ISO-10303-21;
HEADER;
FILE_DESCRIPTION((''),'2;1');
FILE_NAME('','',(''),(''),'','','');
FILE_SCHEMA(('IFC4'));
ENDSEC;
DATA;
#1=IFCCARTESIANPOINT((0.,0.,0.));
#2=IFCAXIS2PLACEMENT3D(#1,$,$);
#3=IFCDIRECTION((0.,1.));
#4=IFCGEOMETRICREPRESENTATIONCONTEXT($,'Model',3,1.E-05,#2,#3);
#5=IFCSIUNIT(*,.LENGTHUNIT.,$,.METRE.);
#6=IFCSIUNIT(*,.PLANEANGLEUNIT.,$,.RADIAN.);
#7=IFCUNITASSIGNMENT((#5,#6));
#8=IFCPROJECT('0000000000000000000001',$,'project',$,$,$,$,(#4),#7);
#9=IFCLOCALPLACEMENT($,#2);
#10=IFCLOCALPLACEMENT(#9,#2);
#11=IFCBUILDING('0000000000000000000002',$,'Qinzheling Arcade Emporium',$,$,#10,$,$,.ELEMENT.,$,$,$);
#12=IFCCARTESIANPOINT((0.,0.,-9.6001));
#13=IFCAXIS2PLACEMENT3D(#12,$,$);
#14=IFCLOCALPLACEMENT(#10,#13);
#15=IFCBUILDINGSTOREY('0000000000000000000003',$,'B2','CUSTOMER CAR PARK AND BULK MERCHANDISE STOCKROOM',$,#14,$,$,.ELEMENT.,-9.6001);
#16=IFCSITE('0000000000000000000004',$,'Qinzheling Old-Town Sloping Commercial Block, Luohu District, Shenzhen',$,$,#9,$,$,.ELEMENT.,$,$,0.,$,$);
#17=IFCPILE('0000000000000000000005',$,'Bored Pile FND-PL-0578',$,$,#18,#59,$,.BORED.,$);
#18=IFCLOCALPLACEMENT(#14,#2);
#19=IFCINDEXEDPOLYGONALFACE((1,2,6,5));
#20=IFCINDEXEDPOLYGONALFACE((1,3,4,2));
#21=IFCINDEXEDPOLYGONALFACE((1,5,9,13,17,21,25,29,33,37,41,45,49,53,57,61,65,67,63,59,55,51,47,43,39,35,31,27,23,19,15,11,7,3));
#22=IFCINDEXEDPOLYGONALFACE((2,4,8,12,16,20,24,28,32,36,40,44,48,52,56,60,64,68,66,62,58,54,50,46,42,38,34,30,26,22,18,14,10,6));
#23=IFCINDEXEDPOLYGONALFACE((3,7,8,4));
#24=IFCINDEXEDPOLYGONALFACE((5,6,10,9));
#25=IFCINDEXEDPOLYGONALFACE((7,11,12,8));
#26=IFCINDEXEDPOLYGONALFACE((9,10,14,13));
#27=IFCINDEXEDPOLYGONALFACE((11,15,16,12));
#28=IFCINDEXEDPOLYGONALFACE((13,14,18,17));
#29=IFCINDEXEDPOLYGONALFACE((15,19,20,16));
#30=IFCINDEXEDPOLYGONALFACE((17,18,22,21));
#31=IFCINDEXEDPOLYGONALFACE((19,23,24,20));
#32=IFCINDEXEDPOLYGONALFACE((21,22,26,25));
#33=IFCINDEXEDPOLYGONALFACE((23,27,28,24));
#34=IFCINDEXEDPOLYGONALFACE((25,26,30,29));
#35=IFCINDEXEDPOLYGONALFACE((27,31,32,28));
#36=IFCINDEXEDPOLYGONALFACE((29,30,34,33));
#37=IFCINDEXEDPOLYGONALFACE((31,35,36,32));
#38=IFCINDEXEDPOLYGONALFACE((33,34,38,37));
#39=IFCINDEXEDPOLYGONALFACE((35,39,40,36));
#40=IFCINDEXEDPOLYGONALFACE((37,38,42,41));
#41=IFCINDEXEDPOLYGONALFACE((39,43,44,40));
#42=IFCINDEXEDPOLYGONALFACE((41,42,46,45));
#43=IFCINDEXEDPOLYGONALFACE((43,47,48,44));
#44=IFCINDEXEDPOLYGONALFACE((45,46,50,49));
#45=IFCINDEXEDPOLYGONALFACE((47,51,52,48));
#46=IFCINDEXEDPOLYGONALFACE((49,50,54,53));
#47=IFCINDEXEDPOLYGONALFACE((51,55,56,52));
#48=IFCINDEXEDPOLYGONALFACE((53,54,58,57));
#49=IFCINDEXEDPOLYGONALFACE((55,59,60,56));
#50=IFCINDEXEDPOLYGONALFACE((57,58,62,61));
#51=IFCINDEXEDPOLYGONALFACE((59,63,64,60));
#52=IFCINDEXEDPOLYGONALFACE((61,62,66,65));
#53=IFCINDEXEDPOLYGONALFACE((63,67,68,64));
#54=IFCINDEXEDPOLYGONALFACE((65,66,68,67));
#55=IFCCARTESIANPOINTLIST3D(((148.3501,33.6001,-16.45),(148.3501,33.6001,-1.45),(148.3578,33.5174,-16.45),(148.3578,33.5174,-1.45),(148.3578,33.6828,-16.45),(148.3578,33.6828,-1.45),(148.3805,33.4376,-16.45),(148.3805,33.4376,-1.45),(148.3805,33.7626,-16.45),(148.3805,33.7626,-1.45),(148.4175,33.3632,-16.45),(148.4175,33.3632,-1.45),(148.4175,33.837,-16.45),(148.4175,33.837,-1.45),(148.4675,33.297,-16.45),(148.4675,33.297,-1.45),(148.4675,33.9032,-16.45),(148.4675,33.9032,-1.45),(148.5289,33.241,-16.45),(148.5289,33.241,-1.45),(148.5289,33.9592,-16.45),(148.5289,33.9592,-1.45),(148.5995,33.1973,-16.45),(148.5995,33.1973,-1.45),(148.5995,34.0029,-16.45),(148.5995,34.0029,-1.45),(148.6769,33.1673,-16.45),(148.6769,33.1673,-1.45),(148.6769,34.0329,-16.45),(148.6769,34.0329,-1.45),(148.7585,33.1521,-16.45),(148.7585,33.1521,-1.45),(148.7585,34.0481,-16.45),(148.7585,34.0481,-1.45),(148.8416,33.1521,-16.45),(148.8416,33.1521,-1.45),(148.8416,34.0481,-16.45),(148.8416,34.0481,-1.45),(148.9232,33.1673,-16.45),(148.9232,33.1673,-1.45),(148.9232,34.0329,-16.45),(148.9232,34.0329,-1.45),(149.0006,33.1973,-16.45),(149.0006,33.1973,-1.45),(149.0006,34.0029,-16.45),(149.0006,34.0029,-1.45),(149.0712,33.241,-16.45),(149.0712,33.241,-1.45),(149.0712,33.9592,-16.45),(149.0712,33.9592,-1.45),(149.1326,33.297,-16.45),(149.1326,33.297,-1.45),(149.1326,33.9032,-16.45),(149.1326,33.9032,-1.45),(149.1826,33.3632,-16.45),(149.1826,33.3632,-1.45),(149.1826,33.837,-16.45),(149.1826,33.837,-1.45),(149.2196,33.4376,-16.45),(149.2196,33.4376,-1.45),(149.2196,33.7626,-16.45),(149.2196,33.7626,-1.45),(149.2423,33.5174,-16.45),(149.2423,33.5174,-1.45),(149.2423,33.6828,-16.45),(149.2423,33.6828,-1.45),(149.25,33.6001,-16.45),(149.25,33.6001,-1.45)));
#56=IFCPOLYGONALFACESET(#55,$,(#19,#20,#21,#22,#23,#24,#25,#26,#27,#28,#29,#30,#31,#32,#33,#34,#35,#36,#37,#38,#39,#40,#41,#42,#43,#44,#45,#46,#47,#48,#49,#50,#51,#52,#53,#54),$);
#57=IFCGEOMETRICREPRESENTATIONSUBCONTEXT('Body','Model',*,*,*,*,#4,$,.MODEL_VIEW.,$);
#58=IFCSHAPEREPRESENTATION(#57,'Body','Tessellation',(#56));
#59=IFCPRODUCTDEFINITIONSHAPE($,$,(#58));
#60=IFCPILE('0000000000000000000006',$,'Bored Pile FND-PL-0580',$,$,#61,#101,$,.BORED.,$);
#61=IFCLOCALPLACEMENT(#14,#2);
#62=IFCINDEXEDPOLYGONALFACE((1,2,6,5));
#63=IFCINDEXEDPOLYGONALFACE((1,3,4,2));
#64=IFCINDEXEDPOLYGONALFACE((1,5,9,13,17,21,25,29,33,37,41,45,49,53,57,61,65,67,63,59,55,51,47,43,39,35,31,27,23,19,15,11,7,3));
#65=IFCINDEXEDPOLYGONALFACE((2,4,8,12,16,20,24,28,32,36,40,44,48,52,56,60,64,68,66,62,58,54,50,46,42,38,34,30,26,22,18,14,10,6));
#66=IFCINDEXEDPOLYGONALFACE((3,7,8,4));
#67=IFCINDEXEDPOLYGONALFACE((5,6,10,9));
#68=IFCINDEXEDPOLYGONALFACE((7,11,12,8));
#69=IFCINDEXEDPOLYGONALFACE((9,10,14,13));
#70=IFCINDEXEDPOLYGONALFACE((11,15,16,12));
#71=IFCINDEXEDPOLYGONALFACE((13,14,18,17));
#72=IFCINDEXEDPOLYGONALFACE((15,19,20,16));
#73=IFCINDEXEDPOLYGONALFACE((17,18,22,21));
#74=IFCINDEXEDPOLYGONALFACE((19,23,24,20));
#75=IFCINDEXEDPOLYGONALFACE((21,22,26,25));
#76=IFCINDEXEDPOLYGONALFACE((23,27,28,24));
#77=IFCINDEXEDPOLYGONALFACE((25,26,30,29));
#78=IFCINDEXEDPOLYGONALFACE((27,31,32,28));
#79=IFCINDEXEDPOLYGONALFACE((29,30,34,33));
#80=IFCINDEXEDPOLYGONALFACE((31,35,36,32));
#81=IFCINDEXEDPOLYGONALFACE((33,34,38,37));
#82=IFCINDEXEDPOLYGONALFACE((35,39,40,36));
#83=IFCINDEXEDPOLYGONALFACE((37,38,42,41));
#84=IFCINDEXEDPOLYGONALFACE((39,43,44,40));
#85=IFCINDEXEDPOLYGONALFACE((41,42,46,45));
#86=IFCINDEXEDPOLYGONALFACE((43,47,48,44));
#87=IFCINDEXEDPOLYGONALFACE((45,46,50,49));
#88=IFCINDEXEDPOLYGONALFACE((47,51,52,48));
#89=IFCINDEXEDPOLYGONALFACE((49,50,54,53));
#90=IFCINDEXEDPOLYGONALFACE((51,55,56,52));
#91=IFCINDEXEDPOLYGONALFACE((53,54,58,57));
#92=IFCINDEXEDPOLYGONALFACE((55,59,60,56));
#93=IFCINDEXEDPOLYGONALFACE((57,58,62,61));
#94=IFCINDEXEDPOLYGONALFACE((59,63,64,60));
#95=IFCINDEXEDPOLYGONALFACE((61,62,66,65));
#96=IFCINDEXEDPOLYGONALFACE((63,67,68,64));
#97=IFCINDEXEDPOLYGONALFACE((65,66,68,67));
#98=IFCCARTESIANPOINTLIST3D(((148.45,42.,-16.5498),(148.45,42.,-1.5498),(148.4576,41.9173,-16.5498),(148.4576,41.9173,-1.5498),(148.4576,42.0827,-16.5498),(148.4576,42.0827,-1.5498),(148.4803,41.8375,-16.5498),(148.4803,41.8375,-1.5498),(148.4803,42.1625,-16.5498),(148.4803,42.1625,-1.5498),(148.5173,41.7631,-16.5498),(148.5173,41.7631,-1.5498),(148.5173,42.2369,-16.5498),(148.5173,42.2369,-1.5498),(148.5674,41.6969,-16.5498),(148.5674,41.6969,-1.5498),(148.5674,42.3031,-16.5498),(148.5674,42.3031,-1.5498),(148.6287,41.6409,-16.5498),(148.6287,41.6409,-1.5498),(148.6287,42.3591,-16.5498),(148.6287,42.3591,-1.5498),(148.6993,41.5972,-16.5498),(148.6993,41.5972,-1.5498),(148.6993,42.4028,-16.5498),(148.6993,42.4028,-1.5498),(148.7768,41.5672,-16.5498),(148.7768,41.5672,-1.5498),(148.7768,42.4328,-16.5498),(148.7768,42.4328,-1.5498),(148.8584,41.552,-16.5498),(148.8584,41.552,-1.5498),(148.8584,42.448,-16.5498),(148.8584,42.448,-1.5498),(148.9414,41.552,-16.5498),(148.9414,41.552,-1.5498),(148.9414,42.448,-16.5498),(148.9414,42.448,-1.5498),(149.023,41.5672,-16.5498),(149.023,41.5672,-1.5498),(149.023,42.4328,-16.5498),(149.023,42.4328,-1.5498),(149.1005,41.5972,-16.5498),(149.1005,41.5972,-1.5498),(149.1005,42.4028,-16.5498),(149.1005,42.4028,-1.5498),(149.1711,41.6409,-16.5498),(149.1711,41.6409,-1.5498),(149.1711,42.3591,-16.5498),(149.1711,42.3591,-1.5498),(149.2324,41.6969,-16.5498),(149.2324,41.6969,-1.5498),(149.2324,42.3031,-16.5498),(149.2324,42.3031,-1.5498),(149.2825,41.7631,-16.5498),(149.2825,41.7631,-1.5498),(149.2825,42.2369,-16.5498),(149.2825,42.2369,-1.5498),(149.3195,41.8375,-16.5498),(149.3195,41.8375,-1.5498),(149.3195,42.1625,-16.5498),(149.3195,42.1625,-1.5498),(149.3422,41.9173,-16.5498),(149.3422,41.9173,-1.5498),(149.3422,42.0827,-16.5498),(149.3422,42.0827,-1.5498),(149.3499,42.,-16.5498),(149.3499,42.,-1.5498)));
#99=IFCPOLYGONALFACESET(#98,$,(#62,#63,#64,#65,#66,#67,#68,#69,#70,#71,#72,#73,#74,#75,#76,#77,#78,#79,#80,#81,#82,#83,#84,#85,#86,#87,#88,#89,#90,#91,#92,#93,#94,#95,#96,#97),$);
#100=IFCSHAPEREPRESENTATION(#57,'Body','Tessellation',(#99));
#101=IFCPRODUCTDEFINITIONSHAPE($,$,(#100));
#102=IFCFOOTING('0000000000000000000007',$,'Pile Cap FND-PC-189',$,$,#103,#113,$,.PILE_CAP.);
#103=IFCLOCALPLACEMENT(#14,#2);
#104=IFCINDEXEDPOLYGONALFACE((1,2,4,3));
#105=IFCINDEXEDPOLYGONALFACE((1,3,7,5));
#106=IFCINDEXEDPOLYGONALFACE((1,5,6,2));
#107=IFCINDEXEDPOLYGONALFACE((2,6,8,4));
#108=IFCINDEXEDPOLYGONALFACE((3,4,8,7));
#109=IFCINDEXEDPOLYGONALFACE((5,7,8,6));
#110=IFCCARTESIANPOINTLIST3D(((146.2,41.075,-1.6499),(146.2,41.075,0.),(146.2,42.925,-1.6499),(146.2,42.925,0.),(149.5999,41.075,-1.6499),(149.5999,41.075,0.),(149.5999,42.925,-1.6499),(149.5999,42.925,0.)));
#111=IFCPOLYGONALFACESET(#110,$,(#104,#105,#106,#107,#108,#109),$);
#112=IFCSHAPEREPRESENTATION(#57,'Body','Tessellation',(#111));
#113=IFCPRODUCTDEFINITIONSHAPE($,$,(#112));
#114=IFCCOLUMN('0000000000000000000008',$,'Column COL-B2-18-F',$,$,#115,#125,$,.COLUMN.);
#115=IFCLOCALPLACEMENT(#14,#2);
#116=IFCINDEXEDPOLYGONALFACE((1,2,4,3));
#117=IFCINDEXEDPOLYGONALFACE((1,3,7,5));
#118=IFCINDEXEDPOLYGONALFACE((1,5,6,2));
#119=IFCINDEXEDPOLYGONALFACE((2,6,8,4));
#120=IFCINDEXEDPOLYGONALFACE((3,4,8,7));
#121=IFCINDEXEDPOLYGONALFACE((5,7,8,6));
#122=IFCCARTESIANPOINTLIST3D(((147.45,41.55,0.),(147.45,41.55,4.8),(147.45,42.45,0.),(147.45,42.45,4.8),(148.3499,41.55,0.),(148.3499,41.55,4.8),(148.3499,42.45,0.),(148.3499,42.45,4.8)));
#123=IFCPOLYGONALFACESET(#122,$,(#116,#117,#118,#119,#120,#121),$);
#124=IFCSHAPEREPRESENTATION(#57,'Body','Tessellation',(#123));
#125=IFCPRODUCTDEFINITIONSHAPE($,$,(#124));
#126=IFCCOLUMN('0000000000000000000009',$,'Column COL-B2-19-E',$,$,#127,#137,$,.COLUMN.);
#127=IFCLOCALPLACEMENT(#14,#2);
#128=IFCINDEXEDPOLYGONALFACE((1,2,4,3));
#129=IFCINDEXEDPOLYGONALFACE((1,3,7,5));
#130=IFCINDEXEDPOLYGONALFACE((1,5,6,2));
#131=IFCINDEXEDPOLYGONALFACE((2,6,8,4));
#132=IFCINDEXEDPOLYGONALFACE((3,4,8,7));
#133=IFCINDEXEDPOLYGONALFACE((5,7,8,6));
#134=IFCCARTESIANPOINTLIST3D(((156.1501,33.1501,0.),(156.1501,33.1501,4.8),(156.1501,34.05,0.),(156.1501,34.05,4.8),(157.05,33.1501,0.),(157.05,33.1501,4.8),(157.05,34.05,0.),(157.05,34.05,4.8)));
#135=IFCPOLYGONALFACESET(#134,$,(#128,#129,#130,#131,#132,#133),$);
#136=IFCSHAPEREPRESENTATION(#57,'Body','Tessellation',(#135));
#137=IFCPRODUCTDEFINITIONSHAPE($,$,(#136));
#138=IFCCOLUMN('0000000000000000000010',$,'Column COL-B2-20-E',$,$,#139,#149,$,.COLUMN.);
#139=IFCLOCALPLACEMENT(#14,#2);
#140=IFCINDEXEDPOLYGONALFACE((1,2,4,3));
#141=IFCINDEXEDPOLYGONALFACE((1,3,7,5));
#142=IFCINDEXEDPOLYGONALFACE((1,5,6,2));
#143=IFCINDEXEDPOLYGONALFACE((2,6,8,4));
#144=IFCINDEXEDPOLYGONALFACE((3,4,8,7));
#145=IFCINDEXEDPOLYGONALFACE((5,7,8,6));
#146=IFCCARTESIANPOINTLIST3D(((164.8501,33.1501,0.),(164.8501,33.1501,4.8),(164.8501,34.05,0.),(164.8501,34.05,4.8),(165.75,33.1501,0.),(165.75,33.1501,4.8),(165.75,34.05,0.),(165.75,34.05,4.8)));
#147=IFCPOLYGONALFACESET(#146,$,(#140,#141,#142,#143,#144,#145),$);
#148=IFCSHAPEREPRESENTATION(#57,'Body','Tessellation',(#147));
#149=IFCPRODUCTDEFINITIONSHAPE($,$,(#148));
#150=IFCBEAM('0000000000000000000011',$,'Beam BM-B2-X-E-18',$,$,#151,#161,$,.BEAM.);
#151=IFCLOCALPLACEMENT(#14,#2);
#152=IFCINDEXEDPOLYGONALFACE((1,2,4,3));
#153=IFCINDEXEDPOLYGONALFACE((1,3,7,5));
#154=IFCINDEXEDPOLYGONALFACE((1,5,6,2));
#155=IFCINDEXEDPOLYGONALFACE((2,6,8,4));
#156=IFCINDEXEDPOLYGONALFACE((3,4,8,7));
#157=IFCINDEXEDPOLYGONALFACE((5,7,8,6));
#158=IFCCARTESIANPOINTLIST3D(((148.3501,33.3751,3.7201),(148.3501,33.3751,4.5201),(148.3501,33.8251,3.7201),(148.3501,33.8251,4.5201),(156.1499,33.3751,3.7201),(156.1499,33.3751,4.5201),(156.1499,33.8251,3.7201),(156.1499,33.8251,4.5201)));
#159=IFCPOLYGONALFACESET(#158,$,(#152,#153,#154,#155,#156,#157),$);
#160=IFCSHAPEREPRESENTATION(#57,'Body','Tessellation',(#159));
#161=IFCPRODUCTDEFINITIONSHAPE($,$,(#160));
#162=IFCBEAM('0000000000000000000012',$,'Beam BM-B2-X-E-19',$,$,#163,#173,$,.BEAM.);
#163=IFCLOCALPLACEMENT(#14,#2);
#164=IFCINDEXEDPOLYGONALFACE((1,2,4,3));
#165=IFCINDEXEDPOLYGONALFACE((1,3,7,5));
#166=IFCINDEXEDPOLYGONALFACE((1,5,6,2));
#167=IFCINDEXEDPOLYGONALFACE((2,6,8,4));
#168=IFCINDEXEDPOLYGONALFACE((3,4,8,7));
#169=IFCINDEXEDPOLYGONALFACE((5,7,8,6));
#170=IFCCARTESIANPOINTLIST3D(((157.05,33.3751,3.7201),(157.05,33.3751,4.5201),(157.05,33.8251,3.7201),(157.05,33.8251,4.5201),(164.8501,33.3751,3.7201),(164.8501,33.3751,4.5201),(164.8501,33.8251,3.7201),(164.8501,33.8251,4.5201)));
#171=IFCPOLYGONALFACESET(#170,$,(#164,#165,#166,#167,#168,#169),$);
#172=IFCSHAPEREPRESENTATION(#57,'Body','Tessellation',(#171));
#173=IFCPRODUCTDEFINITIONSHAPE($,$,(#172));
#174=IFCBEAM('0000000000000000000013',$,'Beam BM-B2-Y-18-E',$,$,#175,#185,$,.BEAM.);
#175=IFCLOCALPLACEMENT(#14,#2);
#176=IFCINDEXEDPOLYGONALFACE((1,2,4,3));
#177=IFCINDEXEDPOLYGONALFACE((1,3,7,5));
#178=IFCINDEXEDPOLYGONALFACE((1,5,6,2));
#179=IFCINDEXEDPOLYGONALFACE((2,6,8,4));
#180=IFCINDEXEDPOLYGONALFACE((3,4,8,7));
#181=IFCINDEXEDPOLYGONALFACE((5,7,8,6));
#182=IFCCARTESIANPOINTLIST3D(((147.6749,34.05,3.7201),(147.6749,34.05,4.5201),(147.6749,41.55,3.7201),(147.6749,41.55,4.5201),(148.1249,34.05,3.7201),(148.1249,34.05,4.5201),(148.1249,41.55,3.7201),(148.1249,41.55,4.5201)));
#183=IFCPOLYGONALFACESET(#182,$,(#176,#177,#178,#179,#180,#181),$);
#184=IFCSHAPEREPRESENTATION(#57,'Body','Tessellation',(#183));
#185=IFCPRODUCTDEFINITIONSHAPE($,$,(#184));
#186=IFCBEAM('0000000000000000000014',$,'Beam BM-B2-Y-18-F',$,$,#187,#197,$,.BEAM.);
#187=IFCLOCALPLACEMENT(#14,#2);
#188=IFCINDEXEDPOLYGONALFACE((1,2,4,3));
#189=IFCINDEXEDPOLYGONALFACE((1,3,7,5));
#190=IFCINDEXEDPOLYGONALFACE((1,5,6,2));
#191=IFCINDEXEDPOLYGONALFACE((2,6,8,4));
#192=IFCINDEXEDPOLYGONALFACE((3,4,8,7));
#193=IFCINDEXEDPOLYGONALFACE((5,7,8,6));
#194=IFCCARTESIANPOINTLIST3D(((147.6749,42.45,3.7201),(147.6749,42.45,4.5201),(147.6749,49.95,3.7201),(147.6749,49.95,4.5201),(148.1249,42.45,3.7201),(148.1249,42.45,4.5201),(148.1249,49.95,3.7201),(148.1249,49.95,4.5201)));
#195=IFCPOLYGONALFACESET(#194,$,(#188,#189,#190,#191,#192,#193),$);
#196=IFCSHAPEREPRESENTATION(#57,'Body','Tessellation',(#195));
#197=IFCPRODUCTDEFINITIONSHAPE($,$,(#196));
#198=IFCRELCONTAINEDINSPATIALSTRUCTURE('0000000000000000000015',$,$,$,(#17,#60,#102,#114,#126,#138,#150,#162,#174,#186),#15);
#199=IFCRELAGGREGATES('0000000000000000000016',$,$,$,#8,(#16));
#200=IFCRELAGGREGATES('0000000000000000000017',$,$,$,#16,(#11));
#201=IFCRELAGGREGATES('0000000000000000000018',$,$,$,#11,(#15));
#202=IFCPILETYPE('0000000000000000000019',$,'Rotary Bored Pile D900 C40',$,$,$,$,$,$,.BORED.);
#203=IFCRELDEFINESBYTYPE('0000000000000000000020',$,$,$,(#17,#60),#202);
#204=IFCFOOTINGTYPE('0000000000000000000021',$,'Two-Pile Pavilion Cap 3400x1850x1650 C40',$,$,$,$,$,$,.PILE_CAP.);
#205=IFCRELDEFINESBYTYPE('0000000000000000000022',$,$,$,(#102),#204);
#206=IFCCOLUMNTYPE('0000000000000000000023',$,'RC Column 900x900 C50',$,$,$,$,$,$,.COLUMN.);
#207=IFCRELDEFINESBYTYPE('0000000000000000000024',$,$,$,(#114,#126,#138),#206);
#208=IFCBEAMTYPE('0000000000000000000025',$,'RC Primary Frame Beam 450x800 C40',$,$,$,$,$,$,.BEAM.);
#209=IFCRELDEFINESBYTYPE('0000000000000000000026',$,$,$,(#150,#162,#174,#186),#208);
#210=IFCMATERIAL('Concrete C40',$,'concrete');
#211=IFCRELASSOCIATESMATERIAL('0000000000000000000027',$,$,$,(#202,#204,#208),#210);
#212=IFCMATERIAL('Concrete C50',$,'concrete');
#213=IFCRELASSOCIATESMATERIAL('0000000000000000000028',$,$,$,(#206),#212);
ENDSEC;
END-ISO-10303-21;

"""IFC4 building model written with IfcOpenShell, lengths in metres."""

from ifc_helpers import new_model, si_unit, direction, frame, origin, origin_2d, place, context, subcontext, project, spatial, rectangle, circle, extrude, material, material_profile, profile_set, type_object, element, save


model = new_model("IFC4")

# Units and contexts
model_context = context("Model", 3, precision=1e-05, world=origin(), true_north=direction((0.0, 1.0)))
body_context = subcontext(model_context, "Body", "Model", "MODEL_VIEW")
ifc_project = project(units=[si_unit("LENGTHUNIT", "METRE"), si_unit("PLANEANGLEUNIT", "RADIAN")], contexts=[model_context])

# Site, building, storey
site_placement = place(None, origin())
site = spatial("IfcSite", under=ifc_project, at=site_placement, Name="Qinzheling Old-Town Sloping Commercial Block, Luohu District, Shenzhen", CompositionType="ELEMENT", RefElevation=0.0)
building_placement = place(site_placement, origin())
building = spatial("IfcBuilding", under=site, at=building_placement, Name="Qinzheling Arcade Emporium", CompositionType="ELEMENT")
storey_placement = place(building_placement, frame((0.0, 0.0, -9.6001)))
storey = spatial("IfcBuildingStorey", under=building, at=storey_placement, Name="B2", Description="CUSTOMER CAR PARK AND BULK MERCHANDISE STOCKROOM", CompositionType="ELEMENT", Elevation=-9.6001)

# Shared definitions
ifc_material_1 = material(Name="Concrete C40", Category="concrete")

# Piles
ifc_material_profile_1 = material_profile(ifc_material_1, circle(Radius=0.45, at=origin_2d()), Name="BORED D900", Category="concrete")
ifc_profile_set_1 = profile_set([ifc_material_profile_1], Name="Concrete C40")
pile_type = type_object("IfcPileType", Name="Rotary Bored Pile D900 C40", PredefinedType="BORED", material=ifc_profile_set_1)
for number, where, z_axis, x_axis, name in (
    (1, (148.8, 33.6001, -1.45), (0.0, 0.0, -1.0), (1.0, 0.0, 0.0), "Bored Pile FND-PL-0578"),
    (2, (148.8999, 42.0, -1.5498), (0.0, 0.0, -1.0), (1.0, 0.0, 0.0), "Bored Pile FND-PL-0580"),
):
    element("IfcPile", number, at=place(storey_placement, frame(where, z_axis=z_axis, x_axis=x_axis)), inside=storey, type_object=pile_type, Name=name, PredefinedType="BORED", context=body_context, shape_type="SweptSolid", body=[
        extrude(circle(Radius=0.45, at=origin_2d()), origin(), (0.0, 0.0, 1.0), 15.0),
    ])

# Footing
footing_type_1 = type_object("IfcFootingType", Name="Two-Pile Pavilion Cap 3400x1850x1650 C40", PredefinedType="PILE_CAP", material=ifc_material_1)
footing_1_placement = place(storey_placement, frame((147.8999, 42.0, -1.6499), z_axis=(0.0, 0.0, 1.0), x_axis=(1.0, 0.0, 0.0)))
element("IfcFooting", 3, at=footing_1_placement, inside=storey, type_object=footing_type_1, Name="Pile Cap FND-PC-189", PredefinedType="PILE_CAP", context=body_context, shape_type="SweptSolid", body=[
    extrude(rectangle(XDim=3.3999, YDim=1.8501, at=origin_2d()), origin(), (0.0, 0.0, 1.0), 1.6499),
])

# Columns
ifc_material_2 = material(Name="Concrete C50", Category="concrete")
ifc_material_profile_2 = material_profile(ifc_material_2, rectangle(XDim=0.8999, YDim=0.8999, at=origin_2d()), Name="RC 900x900", Category="concrete")
ifc_profile_set_2 = profile_set([ifc_material_profile_2], Name="Concrete C50")
column_type = type_object("IfcColumnType", Name="RC Column 900x900 C50", PredefinedType="COLUMN", material=ifc_profile_set_2)
for number, where, z_axis, x_axis, name in (
    (4, (147.8999, 42.0, 0.0), (0.0, 0.0, 1.0), (1.0, 0.0, 0.0), "Column COL-B2-18-F"),
    (5, (156.6001, 33.6001, 0.0), (0.0, 0.0, 1.0), (1.0, 0.0, 0.0), "Column COL-B2-19-E"),
    (6, (165.3, 33.6001, 0.0), (0.0, 0.0, 1.0), (1.0, 0.0, 0.0), "Column COL-B2-20-E"),
):
    element("IfcColumn", number, at=place(storey_placement, frame(where, z_axis=z_axis, x_axis=x_axis)), inside=storey, type_object=column_type, Name=name, PredefinedType="COLUMN", context=body_context, shape_type="SweptSolid", body=[
        extrude(rectangle(XDim=0.8999, YDim=0.8999, at=origin_2d()), origin(), (0.0, 0.0, 1.0), 4.8),
    ])

# Beams
ifc_material_profile_3 = material_profile(ifc_material_1, rectangle(XDim=0.45, YDim=0.8, at=origin_2d()), Name="RC 450x800", Category="concrete")
ifc_profile_set_3 = profile_set([ifc_material_profile_3], Name="Concrete C40")
beam_type = type_object("IfcBeamType", Name="RC Primary Frame Beam 450x800 C40", PredefinedType="BEAM", material=ifc_profile_set_3)
beam_1_placement = place(storey_placement, frame((148.3501, 33.6001, 4.1201), z_axis=(1.0, 0.0, 0.0), x_axis=(0.0, 1.0, 0.0)))
element("IfcBeam", 7, at=beam_1_placement, inside=storey, type_object=beam_type, Name="Beam BM-B2-X-E-18", PredefinedType="BEAM", context=body_context, shape_type="SweptSolid", body=[
    extrude(rectangle(XDim=0.45, YDim=0.8, at=origin_2d()), origin(), (0.0, 0.0, 1.0), 7.7998),
])
beam_2_placement = place(storey_placement, frame((157.05, 33.6001, 4.1201), z_axis=(1.0, 0.0, 0.0), x_axis=(0.0, 1.0, 0.0)))
element("IfcBeam", 8, at=beam_2_placement, inside=storey, type_object=beam_type, Name="Beam BM-B2-X-E-19", PredefinedType="BEAM", context=body_context, shape_type="SweptSolid", body=[
    extrude(rectangle(XDim=0.45, YDim=0.8, at=origin_2d()), origin(), (0.0, 0.0, 1.0), 7.8),
])
for number, where, z_axis, x_axis, name in (
    (9, (147.8999, 34.05, 4.1201), (0.0, 1.0, 0.0), (-1.0, 0.0, 0.0), "Beam BM-B2-Y-18-E"),
    (10, (147.8999, 42.45, 4.1201), (0.0, 1.0, 0.0), (-1.0, 0.0, 0.0), "Beam BM-B2-Y-18-F"),
):
    element("IfcBeam", number, at=place(storey_placement, frame(where, z_axis=z_axis, x_axis=x_axis)), inside=storey, type_object=beam_type, Name=name, PredefinedType="BEAM", context=body_context, shape_type="SweptSolid", body=[
        extrude(rectangle(XDim=0.45, YDim=0.8, at=origin_2d()), origin(), (0.0, 0.0, 1.0), 7.5),
    ])

save(model, "model.ifc")
